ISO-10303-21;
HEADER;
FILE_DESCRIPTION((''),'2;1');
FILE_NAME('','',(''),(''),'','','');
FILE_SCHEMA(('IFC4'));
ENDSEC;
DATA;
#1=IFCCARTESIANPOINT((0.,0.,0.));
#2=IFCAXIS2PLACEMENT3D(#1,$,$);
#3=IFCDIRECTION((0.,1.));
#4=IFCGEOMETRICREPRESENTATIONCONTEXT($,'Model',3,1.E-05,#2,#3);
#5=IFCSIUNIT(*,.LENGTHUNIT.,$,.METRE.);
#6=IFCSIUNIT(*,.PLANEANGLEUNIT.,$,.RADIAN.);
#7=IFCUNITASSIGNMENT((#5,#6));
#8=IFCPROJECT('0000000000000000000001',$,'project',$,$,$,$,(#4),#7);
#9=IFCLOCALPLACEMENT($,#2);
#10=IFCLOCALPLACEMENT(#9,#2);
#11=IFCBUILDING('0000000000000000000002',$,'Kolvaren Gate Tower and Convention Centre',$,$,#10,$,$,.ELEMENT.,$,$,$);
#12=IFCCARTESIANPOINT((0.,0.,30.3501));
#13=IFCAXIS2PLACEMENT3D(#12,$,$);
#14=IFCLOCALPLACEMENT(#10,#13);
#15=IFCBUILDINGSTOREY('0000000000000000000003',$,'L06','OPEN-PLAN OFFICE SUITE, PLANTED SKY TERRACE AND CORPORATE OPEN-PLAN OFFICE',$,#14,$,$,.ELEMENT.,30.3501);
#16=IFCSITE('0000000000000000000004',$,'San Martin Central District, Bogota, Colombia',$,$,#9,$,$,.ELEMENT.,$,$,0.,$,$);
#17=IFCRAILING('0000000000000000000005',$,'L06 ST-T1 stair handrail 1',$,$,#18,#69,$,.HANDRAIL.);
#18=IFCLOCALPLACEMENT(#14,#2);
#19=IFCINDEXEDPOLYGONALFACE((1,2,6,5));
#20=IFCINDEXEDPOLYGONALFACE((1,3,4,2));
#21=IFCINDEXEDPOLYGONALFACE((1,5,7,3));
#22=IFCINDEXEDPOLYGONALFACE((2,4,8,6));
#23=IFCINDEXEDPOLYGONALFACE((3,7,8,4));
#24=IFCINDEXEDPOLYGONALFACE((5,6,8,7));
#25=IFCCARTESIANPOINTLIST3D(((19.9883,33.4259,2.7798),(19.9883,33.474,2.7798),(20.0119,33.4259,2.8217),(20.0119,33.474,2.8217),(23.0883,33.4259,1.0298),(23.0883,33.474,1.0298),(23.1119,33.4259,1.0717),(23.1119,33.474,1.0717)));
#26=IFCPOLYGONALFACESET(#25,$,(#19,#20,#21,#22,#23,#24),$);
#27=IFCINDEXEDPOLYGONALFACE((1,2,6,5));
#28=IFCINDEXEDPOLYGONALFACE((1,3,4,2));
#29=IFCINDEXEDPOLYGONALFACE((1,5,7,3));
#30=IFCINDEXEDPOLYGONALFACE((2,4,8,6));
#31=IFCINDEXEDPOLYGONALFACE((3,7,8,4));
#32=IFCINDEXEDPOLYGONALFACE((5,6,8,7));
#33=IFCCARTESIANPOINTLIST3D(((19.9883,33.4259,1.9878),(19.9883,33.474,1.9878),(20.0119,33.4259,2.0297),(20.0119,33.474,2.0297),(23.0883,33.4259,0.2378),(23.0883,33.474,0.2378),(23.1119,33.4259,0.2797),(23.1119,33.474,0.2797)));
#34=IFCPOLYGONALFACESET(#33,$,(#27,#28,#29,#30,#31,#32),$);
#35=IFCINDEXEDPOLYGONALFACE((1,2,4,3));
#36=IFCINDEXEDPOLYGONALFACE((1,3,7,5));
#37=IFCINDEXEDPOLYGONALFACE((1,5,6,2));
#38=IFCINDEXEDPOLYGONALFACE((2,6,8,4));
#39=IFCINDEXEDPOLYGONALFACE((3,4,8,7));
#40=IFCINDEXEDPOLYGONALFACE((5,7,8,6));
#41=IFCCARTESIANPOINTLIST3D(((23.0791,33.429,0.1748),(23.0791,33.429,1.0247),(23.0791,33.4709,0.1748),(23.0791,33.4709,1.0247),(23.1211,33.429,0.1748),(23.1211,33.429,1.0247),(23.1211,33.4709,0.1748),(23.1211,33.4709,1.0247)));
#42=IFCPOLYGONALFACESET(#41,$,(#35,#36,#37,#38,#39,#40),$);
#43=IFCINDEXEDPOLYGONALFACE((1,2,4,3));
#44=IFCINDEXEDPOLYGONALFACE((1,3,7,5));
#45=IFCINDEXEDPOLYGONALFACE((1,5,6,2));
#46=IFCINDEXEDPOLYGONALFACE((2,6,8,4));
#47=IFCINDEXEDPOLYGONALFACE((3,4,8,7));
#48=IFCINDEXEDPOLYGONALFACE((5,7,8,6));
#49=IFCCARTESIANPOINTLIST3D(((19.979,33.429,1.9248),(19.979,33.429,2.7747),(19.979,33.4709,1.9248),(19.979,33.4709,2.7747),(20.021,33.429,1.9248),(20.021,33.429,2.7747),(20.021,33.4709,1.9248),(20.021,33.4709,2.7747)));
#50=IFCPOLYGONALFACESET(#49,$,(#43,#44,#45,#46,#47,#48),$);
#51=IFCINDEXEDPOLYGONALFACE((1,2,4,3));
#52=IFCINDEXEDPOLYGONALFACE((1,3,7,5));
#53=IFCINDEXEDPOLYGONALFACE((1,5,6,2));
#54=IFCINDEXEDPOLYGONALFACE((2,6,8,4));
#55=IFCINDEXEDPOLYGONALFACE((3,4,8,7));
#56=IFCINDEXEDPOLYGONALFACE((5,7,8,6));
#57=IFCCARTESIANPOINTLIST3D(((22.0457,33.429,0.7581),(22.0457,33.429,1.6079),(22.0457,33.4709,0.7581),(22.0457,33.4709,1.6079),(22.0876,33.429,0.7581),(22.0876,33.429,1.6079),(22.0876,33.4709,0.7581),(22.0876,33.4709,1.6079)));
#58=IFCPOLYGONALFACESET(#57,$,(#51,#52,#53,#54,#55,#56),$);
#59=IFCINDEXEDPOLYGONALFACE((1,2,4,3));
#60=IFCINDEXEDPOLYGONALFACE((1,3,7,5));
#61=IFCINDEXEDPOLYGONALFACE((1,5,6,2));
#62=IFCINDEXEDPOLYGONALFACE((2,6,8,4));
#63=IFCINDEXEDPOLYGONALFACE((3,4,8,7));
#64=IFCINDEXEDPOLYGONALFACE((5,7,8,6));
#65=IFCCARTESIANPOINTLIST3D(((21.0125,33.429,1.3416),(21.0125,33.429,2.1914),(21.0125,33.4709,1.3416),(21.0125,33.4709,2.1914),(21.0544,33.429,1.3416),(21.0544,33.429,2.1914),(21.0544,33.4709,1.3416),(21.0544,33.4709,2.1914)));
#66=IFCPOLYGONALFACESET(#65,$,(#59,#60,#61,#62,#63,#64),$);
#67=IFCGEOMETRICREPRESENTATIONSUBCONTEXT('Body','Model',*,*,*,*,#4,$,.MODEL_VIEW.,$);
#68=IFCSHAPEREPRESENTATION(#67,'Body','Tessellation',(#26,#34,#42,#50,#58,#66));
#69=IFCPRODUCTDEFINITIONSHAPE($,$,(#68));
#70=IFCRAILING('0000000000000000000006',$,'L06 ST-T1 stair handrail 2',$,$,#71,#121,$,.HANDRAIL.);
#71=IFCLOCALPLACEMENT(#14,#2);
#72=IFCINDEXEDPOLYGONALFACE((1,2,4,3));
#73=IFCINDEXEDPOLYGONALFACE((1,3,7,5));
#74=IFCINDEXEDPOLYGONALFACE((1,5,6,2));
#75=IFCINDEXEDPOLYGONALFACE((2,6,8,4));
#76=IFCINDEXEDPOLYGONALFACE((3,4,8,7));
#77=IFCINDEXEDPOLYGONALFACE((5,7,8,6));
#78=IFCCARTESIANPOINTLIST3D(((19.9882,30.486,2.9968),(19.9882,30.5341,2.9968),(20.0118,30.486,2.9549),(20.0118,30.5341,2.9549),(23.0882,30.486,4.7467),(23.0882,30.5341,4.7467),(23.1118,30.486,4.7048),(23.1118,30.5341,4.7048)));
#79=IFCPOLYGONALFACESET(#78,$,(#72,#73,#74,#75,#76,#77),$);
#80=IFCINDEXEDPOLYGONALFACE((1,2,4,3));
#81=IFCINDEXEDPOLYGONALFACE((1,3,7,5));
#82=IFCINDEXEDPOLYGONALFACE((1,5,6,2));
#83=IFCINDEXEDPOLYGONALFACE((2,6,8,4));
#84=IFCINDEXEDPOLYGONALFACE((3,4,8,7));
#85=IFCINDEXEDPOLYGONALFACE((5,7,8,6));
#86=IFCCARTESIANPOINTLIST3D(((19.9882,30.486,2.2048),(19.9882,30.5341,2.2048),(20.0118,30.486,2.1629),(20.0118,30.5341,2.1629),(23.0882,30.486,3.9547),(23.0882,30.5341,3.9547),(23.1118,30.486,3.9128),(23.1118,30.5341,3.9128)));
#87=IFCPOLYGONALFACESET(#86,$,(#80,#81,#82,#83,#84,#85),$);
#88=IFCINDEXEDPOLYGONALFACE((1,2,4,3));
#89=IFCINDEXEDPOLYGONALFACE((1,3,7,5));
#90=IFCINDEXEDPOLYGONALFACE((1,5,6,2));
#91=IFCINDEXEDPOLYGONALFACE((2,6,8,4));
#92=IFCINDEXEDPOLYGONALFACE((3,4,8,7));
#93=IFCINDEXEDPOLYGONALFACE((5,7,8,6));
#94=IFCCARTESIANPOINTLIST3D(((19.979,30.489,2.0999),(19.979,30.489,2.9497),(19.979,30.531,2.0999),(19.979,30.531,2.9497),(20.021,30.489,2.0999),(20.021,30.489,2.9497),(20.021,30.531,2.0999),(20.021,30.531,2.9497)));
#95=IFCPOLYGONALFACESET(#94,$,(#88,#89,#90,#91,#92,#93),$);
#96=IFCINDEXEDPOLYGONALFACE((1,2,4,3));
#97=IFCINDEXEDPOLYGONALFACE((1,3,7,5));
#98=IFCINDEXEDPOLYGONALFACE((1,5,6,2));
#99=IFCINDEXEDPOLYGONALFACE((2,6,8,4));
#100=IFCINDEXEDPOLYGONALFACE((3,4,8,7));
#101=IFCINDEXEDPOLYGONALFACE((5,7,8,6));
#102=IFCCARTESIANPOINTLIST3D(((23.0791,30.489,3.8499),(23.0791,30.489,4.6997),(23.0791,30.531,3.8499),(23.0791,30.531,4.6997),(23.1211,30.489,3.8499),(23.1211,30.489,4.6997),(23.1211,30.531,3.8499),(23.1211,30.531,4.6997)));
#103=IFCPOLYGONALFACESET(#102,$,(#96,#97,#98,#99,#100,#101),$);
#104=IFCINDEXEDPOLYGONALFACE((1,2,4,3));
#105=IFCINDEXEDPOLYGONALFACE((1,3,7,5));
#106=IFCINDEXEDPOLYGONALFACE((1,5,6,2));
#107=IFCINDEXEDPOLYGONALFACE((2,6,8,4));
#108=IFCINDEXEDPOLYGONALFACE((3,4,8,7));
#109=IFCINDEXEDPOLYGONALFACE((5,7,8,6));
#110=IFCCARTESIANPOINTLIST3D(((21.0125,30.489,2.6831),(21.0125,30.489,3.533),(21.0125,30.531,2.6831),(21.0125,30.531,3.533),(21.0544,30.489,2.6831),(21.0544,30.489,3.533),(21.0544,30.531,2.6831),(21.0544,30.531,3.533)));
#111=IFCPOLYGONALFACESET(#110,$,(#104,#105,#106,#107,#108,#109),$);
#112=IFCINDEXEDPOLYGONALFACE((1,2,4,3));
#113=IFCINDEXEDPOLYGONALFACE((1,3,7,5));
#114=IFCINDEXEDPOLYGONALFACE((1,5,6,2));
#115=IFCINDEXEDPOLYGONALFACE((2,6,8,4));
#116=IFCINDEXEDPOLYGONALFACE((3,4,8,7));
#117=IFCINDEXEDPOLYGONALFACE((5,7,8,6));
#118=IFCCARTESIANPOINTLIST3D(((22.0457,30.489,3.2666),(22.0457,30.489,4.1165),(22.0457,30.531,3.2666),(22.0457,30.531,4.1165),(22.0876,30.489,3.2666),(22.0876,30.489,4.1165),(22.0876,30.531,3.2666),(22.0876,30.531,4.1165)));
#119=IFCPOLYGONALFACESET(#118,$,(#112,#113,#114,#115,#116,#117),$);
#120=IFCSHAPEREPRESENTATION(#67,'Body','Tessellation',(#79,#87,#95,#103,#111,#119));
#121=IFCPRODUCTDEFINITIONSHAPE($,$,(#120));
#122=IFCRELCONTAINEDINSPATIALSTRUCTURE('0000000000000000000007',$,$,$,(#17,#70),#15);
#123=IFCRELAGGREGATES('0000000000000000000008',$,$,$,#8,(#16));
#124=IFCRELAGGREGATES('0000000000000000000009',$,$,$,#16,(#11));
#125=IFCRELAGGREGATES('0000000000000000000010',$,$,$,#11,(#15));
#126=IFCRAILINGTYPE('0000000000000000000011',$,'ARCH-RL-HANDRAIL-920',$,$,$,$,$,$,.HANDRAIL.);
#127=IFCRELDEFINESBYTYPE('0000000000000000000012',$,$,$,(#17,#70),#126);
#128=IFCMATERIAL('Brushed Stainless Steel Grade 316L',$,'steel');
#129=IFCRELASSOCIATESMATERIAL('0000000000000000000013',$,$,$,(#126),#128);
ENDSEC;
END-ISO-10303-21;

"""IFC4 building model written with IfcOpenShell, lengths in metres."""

from ifc_helpers import new_model, si_unit, direction, frame, origin, origin_2d, place, context, subcontext, project, spatial, rectangle, extrude, material, type_object, element, save


model = new_model("IFC4")

# Units and contexts
model_context = context("Model", 3, precision=1e-05, world=origin(), true_north=direction((0.0, 1.0)))
body_context = subcontext(model_context, "Body", "Model", "MODEL_VIEW")
ifc_project = project(units=[si_unit("LENGTHUNIT", "METRE"), si_unit("PLANEANGLEUNIT", "RADIAN")], contexts=[model_context])

# Site, building, storey
site_placement = place(None, origin())
site = spatial("IfcSite", under=ifc_project, at=site_placement, Name="San Martin Central District, Bogota, Colombia", CompositionType="ELEMENT", RefElevation=0.0)
building_placement = place(site_placement, origin())
building = spatial("IfcBuilding", under=site, at=building_placement, Name="Kolvaren Gate Tower and Convention Centre", CompositionType="ELEMENT")
storey_placement = place(building_placement, frame((0.0, 0.0, 30.3501)))
storey = spatial("IfcBuildingStorey", under=building, at=storey_placement, Name="L06", Description="OPEN-PLAN OFFICE SUITE, PLANTED SKY TERRACE AND CORPORATE OPEN-PLAN OFFICE", CompositionType="ELEMENT", Elevation=30.3501)

# Shared definitions
ifc_material_1 = material(Name="Brushed Stainless Steel Grade 316L", Category="steel")

# Railings
railing_type_1 = type_object("IfcRailingType", Name="ARCH-RL-HANDRAIL-920", PredefinedType="HANDRAIL", material=ifc_material_1)
railing_1_placement = place(storey_placement, frame((23.1001, 33.45, 0.1748)))
element("IfcRailing", 1, at=railing_1_placement, inside=storey, type_object=railing_type_1, Name="L06 ST-T1 stair handrail 1", PredefinedType="HANDRAIL", context=body_context, shape_type="SweptSolid", body=[
    extrude(rectangle(XDim=0.0481, YDim=0.0481, at=origin_2d()), frame((0.0, 0.0, 0.876), z_axis=(-0.870831, 0.0, 0.491583), x_axis=(0.0, -1.0, 0.0)), (0.0, 0.0, 1.0), 3.5598),
    extrude(rectangle(XDim=0.0481, YDim=0.0481, at=origin_2d()), frame((0.0, 0.0, 0.084), z_axis=(-0.870831, 0.0, 0.491583), x_axis=(0.0, -1.0, 0.0)), (0.0, 0.0, 1.0), 3.5598),
    extrude(rectangle(XDim=0.042, YDim=0.042, at=origin_2d()), origin(), (0.0, 0.0, 1.0), 0.8499),
    extrude(rectangle(XDim=0.042, YDim=0.042, at=origin_2d()), frame((-3.1001, 0.0, 1.75)), (0.0, 0.0, 1.0), 0.8499),
    extrude(rectangle(XDim=0.042, YDim=0.042, at=origin_2d()), frame((-1.0334, 0.0, 0.5833)), (0.0, 0.0, 1.0), 0.8499),
    extrude(rectangle(XDim=0.042, YDim=0.042, at=origin_2d()), frame((-2.0667, 0.0, 1.1667)), (0.0, 0.0, 1.0), 0.8499),
])
railing_2_placement = place(storey_placement, frame((20.0, 30.51, 2.0999)))
element("IfcRailing", 2, at=railing_2_placement, inside=storey, type_object=railing_type_1, Name="L06 ST-T1 stair handrail 2", PredefinedType="HANDRAIL", context=body_context, shape_type="SweptSolid", body=[
    extrude(rectangle(XDim=0.0481, YDim=0.0481, at=origin_2d()), frame((0.0, 0.0, 0.876), z_axis=(0.870831, 0.0, 0.491583), x_axis=(0.0, 1.0, 0.0)), (0.0, 0.0, 1.0), 3.5598),
    extrude(rectangle(XDim=0.0481, YDim=0.0481, at=origin_2d()), frame((0.0, 0.0, 0.084), z_axis=(0.870831, 0.0, 0.491583), x_axis=(0.0, 1.0, 0.0)), (0.0, 0.0, 1.0), 3.5598),
    extrude(rectangle(XDim=0.042, YDim=0.042, at=origin_2d()), origin(), (0.0, 0.0, 1.0), 0.8499),
    extrude(rectangle(XDim=0.042, YDim=0.042, at=origin_2d()), frame((3.1001, 0.0, 1.75)), (0.0, 0.0, 1.0), 0.8499),
    extrude(rectangle(XDim=0.042, YDim=0.042, at=origin_2d()), frame((1.0334, 0.0, 0.5833)), (0.0, 0.0, 1.0), 0.8499),
    extrude(rectangle(XDim=0.042, YDim=0.042, at=origin_2d()), frame((2.0667, 0.0, 1.1667)), (0.0, 0.0, 1.0), 0.8499),
])

save(model, "model.ifc")
